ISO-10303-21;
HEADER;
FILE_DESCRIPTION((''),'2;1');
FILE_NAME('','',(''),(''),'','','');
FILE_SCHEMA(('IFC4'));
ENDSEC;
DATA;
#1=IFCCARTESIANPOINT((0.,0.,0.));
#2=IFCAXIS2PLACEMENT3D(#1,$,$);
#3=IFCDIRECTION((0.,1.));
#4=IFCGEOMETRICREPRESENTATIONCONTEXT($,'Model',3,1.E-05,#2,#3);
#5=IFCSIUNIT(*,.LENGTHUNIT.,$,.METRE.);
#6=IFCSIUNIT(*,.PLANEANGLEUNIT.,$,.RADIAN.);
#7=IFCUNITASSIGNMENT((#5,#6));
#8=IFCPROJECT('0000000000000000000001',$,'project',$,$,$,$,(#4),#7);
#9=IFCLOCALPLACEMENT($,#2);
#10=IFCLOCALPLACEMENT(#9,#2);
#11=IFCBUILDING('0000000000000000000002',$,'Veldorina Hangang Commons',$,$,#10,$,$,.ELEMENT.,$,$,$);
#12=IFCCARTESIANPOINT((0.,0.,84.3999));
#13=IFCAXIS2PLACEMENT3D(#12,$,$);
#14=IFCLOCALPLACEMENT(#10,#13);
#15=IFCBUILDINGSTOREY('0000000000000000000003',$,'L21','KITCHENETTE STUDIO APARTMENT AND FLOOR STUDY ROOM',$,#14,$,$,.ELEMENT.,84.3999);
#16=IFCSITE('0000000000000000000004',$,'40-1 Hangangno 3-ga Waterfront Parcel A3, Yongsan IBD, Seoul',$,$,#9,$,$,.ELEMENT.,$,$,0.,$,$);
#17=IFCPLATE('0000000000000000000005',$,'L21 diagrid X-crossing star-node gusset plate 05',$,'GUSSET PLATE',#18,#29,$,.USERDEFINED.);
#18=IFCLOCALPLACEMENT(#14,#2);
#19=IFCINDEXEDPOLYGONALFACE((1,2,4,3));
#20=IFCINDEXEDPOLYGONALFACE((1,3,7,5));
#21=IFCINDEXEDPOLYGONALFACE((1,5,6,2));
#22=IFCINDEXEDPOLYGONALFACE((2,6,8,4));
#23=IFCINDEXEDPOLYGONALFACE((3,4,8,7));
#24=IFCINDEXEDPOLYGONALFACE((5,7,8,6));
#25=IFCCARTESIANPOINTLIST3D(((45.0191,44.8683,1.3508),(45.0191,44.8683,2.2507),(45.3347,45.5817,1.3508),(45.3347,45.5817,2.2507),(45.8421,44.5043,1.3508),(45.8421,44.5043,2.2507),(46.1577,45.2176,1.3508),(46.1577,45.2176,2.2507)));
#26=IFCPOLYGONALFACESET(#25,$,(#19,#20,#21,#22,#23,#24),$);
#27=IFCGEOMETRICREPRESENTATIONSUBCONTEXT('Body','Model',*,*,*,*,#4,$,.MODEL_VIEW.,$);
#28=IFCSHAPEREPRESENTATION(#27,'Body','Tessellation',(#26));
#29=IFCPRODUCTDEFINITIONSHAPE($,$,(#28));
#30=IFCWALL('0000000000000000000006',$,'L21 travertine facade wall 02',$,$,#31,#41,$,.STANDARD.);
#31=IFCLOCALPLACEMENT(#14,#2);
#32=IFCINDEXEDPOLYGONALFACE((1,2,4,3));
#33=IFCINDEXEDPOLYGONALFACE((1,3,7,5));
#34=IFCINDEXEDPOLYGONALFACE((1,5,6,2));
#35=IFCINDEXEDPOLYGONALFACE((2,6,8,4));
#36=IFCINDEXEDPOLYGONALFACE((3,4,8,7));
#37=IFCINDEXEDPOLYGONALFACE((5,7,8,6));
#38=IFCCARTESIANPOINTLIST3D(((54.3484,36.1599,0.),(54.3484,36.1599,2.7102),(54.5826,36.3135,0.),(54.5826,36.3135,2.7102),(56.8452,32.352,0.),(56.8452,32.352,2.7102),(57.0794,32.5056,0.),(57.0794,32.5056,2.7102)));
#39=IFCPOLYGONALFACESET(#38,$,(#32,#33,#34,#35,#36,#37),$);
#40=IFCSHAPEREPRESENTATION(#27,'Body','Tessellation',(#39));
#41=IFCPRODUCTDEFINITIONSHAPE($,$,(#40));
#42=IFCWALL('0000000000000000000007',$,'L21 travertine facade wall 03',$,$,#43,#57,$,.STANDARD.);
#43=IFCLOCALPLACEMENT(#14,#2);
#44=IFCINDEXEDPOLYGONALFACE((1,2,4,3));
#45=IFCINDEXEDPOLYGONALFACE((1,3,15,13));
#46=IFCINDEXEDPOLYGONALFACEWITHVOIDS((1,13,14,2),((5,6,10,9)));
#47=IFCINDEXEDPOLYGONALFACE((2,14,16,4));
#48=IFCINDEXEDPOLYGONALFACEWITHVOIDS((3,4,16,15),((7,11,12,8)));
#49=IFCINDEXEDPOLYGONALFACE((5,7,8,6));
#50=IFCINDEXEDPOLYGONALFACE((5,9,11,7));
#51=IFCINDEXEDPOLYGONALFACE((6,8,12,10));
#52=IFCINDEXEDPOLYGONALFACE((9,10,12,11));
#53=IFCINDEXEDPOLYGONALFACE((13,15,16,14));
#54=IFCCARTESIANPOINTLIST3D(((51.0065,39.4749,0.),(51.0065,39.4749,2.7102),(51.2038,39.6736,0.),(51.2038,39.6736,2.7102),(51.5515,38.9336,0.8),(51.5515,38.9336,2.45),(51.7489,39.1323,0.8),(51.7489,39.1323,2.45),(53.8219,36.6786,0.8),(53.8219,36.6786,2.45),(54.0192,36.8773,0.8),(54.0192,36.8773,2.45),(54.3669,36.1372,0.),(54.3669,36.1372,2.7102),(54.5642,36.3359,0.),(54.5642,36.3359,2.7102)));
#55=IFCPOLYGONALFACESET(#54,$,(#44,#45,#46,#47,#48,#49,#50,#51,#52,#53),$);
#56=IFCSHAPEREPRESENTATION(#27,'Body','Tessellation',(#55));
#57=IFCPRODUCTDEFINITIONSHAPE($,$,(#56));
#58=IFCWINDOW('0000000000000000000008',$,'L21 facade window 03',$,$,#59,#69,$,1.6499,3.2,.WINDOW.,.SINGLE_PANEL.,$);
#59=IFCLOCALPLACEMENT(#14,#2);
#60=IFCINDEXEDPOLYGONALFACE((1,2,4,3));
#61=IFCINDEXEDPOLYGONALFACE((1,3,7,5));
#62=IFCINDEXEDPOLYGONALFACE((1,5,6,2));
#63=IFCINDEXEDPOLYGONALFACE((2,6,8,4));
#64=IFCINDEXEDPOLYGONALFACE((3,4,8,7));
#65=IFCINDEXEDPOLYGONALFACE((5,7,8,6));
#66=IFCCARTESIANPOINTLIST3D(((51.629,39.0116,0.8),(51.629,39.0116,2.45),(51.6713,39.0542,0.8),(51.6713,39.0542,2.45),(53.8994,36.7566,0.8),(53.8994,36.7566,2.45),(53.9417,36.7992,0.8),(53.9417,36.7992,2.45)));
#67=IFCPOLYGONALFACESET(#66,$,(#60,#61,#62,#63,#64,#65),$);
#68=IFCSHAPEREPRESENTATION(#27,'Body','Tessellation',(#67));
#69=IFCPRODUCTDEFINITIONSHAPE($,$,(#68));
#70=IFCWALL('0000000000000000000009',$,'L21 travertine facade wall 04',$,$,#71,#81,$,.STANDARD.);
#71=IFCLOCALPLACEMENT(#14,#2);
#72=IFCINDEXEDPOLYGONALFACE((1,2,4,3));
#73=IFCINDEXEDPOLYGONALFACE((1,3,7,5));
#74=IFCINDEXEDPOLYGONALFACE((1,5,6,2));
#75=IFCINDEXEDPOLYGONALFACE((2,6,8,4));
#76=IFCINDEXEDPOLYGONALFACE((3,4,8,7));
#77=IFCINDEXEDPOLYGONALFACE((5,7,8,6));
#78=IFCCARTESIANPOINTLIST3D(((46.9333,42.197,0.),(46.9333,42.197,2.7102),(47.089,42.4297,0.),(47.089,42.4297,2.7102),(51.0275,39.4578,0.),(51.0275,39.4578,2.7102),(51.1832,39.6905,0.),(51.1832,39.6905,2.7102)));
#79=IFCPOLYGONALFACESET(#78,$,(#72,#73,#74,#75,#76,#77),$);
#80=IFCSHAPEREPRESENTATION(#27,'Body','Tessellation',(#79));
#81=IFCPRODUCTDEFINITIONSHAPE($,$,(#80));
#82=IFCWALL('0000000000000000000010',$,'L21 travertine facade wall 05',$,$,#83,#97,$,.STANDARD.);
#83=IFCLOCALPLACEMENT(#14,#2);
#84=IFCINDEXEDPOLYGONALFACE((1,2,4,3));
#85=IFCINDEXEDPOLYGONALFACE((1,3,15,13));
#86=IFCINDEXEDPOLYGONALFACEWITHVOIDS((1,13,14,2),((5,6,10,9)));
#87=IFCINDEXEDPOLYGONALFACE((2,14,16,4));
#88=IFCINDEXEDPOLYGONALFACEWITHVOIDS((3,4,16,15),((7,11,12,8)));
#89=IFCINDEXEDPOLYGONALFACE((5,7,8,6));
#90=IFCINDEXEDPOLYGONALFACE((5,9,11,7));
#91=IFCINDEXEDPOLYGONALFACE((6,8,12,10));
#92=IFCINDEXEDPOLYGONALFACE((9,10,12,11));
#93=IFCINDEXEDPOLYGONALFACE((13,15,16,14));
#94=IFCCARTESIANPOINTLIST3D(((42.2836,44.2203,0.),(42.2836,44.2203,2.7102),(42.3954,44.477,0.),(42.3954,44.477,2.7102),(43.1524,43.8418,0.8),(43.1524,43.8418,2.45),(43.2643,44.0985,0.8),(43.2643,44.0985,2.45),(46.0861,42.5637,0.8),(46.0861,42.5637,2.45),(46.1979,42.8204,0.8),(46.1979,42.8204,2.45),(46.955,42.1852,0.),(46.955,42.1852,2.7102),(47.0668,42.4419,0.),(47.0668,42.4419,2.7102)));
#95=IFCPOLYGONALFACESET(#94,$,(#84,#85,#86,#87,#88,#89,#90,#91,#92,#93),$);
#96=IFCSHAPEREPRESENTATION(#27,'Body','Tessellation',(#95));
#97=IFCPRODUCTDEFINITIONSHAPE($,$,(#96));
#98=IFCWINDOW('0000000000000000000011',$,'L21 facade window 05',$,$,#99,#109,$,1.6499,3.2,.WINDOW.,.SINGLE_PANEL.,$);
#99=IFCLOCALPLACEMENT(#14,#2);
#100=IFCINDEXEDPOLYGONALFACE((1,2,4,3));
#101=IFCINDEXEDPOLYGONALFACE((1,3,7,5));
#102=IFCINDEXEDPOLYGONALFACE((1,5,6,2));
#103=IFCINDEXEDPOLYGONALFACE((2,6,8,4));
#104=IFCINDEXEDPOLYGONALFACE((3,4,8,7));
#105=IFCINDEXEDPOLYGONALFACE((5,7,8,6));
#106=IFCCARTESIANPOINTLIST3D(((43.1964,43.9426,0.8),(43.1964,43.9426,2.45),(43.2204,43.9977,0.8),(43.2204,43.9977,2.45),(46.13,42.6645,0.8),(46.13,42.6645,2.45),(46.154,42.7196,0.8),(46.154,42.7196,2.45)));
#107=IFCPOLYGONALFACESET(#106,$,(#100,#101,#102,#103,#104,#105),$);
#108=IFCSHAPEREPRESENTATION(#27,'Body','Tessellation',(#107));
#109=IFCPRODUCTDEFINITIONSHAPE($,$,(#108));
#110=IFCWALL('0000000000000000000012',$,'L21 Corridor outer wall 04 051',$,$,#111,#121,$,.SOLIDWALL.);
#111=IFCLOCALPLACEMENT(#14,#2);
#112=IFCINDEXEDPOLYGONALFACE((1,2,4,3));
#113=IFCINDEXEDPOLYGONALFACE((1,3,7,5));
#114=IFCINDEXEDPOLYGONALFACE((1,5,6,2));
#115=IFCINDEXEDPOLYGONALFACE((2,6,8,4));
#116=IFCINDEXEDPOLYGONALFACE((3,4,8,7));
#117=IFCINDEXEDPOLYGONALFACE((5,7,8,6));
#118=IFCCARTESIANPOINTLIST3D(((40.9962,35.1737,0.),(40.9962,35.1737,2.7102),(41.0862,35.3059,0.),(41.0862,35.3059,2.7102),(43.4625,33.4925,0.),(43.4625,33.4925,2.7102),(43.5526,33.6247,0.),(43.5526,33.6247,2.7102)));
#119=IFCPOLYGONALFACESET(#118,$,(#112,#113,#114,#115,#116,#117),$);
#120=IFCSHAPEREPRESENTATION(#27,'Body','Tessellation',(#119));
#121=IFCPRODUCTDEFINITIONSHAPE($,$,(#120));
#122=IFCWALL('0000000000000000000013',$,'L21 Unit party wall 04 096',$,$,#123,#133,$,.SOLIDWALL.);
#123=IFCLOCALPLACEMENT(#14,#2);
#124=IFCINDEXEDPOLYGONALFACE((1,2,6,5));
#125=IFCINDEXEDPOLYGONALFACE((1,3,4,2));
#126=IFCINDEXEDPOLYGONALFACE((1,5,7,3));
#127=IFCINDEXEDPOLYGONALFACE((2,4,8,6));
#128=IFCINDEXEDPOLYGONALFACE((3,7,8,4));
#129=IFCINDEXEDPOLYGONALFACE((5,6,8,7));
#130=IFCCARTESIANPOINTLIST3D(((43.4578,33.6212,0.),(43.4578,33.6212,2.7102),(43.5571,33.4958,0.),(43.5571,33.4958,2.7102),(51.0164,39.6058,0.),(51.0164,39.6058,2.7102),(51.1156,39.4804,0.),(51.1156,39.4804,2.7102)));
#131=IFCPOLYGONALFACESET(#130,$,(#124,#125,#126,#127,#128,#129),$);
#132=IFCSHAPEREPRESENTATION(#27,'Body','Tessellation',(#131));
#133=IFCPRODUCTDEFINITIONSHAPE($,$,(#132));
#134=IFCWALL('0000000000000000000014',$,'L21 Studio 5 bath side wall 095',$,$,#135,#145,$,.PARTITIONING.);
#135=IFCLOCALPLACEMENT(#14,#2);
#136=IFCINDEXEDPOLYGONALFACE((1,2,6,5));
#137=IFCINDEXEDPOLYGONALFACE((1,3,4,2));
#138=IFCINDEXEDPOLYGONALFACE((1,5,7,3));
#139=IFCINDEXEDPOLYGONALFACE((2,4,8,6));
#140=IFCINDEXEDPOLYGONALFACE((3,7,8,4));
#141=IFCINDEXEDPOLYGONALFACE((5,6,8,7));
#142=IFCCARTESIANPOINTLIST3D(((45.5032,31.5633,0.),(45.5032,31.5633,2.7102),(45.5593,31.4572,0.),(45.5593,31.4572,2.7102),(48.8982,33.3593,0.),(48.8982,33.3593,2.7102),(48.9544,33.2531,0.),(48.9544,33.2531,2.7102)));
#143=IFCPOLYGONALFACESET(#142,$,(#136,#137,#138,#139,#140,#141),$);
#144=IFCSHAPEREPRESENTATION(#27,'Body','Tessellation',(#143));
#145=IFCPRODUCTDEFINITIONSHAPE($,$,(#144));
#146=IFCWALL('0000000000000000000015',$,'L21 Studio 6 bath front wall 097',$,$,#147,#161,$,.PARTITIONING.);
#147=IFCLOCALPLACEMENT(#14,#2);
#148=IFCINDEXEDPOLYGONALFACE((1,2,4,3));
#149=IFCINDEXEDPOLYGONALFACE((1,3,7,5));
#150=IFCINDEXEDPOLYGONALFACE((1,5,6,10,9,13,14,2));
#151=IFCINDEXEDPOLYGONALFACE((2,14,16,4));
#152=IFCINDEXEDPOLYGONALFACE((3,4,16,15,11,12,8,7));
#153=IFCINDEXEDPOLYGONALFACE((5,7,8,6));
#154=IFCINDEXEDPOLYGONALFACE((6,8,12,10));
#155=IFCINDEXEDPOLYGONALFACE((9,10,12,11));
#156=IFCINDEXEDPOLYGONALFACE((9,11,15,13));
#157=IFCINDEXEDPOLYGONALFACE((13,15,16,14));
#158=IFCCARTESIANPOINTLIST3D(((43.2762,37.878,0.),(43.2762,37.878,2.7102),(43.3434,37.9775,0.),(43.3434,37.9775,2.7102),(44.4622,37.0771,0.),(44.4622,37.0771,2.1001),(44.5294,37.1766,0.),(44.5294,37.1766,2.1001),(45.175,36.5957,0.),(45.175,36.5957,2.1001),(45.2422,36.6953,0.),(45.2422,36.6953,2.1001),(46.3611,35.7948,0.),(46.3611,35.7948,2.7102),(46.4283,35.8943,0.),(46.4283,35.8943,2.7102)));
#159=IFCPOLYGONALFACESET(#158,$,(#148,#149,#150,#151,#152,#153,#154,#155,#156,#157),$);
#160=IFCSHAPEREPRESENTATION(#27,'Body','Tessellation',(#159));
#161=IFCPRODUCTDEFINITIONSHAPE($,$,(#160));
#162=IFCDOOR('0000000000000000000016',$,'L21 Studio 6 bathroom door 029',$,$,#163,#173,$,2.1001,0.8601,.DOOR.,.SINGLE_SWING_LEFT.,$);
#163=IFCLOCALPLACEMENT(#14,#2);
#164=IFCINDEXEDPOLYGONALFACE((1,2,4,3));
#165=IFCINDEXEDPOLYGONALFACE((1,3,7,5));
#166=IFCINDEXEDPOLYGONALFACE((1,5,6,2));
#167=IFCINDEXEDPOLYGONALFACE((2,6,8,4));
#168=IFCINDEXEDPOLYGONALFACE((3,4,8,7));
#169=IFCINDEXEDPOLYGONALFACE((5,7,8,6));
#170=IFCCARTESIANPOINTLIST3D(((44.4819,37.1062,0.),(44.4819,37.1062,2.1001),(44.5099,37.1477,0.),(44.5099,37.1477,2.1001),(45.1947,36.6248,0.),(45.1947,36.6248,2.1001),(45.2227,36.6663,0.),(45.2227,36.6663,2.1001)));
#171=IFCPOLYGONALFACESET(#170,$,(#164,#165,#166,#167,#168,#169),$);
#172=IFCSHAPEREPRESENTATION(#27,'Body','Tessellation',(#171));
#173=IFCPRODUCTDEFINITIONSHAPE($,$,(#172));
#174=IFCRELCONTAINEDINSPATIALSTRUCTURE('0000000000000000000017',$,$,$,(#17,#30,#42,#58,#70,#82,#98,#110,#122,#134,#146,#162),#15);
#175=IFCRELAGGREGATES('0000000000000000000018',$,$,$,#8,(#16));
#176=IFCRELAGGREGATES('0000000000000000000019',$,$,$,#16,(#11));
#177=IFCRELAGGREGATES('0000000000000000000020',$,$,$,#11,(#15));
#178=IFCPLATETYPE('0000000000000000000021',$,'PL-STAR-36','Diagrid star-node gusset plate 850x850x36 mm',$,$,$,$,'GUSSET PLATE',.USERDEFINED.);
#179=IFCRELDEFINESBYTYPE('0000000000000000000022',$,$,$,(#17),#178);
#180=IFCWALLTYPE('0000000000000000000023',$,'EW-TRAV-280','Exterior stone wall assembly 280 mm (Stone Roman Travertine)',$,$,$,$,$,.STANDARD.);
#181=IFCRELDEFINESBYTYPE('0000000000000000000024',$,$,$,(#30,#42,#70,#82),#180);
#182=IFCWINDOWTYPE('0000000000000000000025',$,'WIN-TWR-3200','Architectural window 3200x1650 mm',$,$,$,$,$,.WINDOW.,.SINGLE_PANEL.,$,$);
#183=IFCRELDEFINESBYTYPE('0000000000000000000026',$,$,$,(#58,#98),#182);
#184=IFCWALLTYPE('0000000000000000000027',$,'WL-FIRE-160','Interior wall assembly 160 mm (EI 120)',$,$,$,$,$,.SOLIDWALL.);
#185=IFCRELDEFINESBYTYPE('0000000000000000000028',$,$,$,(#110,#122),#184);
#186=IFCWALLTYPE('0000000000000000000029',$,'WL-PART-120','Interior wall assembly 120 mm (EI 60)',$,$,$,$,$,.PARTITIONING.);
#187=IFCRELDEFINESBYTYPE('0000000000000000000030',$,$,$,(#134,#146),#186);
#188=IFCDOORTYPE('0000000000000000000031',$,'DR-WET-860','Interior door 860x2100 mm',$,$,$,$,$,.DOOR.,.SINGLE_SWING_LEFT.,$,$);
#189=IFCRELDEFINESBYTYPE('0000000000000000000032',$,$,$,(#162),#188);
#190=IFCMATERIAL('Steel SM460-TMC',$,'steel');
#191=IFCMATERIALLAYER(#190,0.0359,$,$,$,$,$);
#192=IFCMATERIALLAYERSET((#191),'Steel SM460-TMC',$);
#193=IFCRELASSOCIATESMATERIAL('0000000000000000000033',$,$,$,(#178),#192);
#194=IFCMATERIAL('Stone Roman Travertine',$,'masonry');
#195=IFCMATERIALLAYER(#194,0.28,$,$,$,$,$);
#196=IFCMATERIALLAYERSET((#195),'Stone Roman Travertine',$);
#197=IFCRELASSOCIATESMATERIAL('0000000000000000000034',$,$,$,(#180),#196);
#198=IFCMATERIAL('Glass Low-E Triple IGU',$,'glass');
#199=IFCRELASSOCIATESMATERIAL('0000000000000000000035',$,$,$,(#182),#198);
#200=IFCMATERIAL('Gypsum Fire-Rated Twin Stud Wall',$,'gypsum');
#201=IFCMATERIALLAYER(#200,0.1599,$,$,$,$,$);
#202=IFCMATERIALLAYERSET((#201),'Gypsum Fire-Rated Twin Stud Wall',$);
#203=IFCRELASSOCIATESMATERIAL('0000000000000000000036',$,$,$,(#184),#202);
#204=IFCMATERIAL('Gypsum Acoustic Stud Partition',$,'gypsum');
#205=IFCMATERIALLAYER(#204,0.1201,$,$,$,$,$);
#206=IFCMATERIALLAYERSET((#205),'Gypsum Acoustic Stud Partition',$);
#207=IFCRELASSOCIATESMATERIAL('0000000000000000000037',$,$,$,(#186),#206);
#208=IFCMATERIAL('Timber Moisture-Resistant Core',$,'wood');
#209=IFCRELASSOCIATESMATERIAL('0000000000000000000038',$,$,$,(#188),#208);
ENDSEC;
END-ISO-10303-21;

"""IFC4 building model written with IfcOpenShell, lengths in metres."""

from ifc_helpers import new_model, si_unit, direction, frame, frame_2d, origin, origin_2d, place, context, subcontext, project, spatial, rectangle, extrude, material, layer, layer_set, type_object, element, fill, save


model = new_model("IFC4")

# Units and contexts
model_context = context("Model", 3, precision=1e-05, world=origin(), true_north=direction((0.0, 1.0)))
body_context = subcontext(model_context, "Body", "Model", "MODEL_VIEW")
ifc_project = project(units=[si_unit("LENGTHUNIT", "METRE"), si_unit("PLANEANGLEUNIT", "RADIAN")], contexts=[model_context])

# Site, building, storey
site_placement = place(None, origin())
site = spatial("IfcSite", under=ifc_project, at=site_placement, Name="40-1 Hangangno 3-ga Waterfront Parcel A3, Yongsan IBD, Seoul", CompositionType="ELEMENT", RefElevation=0.0)
building_placement = place(site_placement, origin())
building = spatial("IfcBuilding", under=site, at=building_placement, Name="Veldorina Hangang Commons", CompositionType="ELEMENT")
storey_placement = place(building_placement, frame((0.0, 0.0, 84.3999)))
storey = spatial("IfcBuildingStorey", under=building, at=storey_placement, Name="L21", Description="KITCHENETTE STUDIO APARTMENT AND FLOOR STUDY ROOM", CompositionType="ELEMENT", Elevation=84.3999)

# Shared definitions
ifc_material_1 = material(Name="Steel SM460-TMC", Category="steel")

# Plate
ifc_layer_1 = layer(ifc_material_1, 0.0359)
ifc_layer_set_1 = layer_set([ifc_layer_1], Name="Steel SM460-TMC")
plate_type = type_object("IfcPlateType", Name="PL-STAR-36", Description="Diagrid star-node gusset plate 850x850x36 mm", ElementType="GUSSET PLATE", PredefinedType="USERDEFINED", material=ifc_layer_set_1)
plate_1_placement = place(storey_placement, frame((45.5884, 45.043, 1.3508), z_axis=(0.0, 0.0, 1.0), x_axis=(-0.914501, 0.404583, 0.0)))
element("IfcPlate", 1, at=plate_1_placement, inside=storey, type_object=plate_type, Name="L21 diagrid X-crossing star-node gusset plate 05", ObjectType="GUSSET PLATE", PredefinedType="USERDEFINED", context=body_context, shape_type="SweptSolid", body=[
    extrude(rectangle(XDim=0.8999, YDim=0.78, at=origin_2d()), origin(), (0.0, 0.0, 1.0), 0.8999),
])

# Wall
ifc_material_2 = material(Name="Stone Roman Travertine", Category="masonry")
ifc_layer_2 = layer(ifc_material_2, 0.28)
ifc_layer_set_2 = layer_set([ifc_layer_2], Name="Stone Roman Travertine")
wall_type_1 = type_object("IfcWallType", Name="EW-TRAV-280", Description="Exterior stone wall assembly 280 mm (Stone Roman Travertine)", PredefinedType="STANDARD", material=ifc_layer_set_2)
wall_1_placement = place(storey_placement, frame((56.9624, 32.4287, 0.0), z_axis=(0.0, 0.0, 1.0), x_axis=(-0.548337, 0.836258, 0.0)))
element("IfcWall", 2, at=wall_1_placement, inside=storey, type_object=wall_type_1, Name="L21 travertine facade wall 02", PredefinedType="STANDARD", context=body_context, shape_type="SweptSolid", body=[
    extrude(rectangle(XDim=4.5535, YDim=0.28, at=frame_2d((2.2769, 0.0))), origin(), (0.0, 0.0, 1.0), 2.7102),
])

# Wall, opening, window
wall_2_placement = place(storey_placement, frame((54.4656, 36.2366, 0.0), z_axis=(0.0, 0.0, 1.0), x_axis=(-0.7095, 0.704706, 0.0)))
wall_2 = element("IfcWall", 3, at=wall_2_placement, inside=storey, type_object=wall_type_1, Name="L21 travertine facade wall 03", PredefinedType="STANDARD", context=body_context, shape_type="SweptSolid", body=[
    extrude(rectangle(XDim=4.7363, YDim=0.28, at=frame_2d((2.3682, 0.0))), origin(), (0.0, 0.0, 1.0), 2.7102),
])
opening_1_placement = place(wall_2_placement, frame((0.7681, 0.0, 0.8)))
opening_1 = element("IfcOpeningElement", 4, at=opening_1_placement, cuts=wall_2, PredefinedType="OPENING", context=body_context, shape_type="SweptSolid", body=[
    extrude(rectangle(XDim=3.2, YDim=1.6499, at=frame_2d((1.6001, 0.825))), frame((0.0, 0.1499, 0.0), z_axis=(0.0, -1.0, 0.0), x_axis=(1.0, 0.0, 0.0)), (0.0, 0.0, 1.0), 0.3),
])
ifc_material_3 = material(Name="Glass Low-E Triple IGU", Category="glass")
window_type = type_object("IfcWindowType", Name="WIN-TWR-3200", Description="Architectural window 3200x1650 mm", PartitioningType="SINGLE_PANEL", PredefinedType="WINDOW", material=ifc_material_3)
window_1_placement = place(opening_1_placement, origin())
window_1 = element("IfcWindow", 5, at=window_1_placement, inside=storey, type_object=window_type, Name="L21 facade window 03", OverallHeight=1.6499, OverallWidth=3.2, PartitioningType="SINGLE_PANEL", PredefinedType="WINDOW", context=body_context, shape_type="SweptSolid", body=[
    extrude(rectangle(XDim=3.2, YDim=1.6499, at=frame_2d((1.6001, 0.825))), frame((0.0, 0.03, 0.0), z_axis=(0.0, -1.0, 0.0), x_axis=(1.0, 0.0, 0.0)), (0.0, 0.0, 1.0), 0.0601),
])
fill(opening_1, window_1)

# Wall
wall_3_placement = place(storey_placement, frame((51.1052, 39.5742, 0.0), z_axis=(0.0, 0.0, 1.0), x_axis=(-0.831134, 0.556072, 0.0)))
element("IfcWall", 6, at=wall_3_placement, inside=storey, type_object=wall_type_1, Name="L21 travertine facade wall 04", PredefinedType="STANDARD", context=body_context, shape_type="SweptSolid", body=[
    extrude(rectangle(XDim=4.926, YDim=0.28, at=frame_2d((2.4629, 0.0))), origin(), (0.0, 0.0, 1.0), 2.7102),
])

# Wall, opening, window
wall_4_placement = place(storey_placement, frame((47.011, 42.3135, 0.0), z_axis=(0.0, 0.0, 1.0), x_axis=(-0.916774, 0.399406, 0.0)))
wall_4 = element("IfcWall", 7, at=wall_4_placement, inside=storey, type_object=wall_type_1, Name="L21 travertine facade wall 05", PredefinedType="STANDARD", context=body_context, shape_type="SweptSolid", body=[
    extrude(rectangle(XDim=5.0955, YDim=0.28, at=frame_2d((2.5479, 0.0))), origin(), (0.0, 0.0, 1.0), 2.7102),
])
opening_2_placement = place(wall_4_placement, frame((0.9478, 0.0, 0.8)))
opening_2 = element("IfcOpeningElement", 8, at=opening_2_placement, cuts=wall_4, PredefinedType="OPENING", context=body_context, shape_type="SweptSolid", body=[
    extrude(rectangle(XDim=3.2, YDim=1.6499, at=frame_2d((1.6001, 0.825))), frame((0.0, 0.1499, 0.0), z_axis=(0.0, -1.0, 0.0), x_axis=(1.0, 0.0, 0.0)), (0.0, 0.0, 1.0), 0.3),
])
window_2_placement = place(opening_2_placement, origin())
window_2 = element("IfcWindow", 9, at=window_2_placement, inside=storey, type_object=window_type, Name="L21 facade window 05", OverallHeight=1.6499, OverallWidth=3.2, PartitioningType="SINGLE_PANEL", PredefinedType="WINDOW", context=body_context, shape_type="SweptSolid", body=[
    extrude(rectangle(XDim=3.2, YDim=1.6499, at=frame_2d((1.6001, 0.825))), frame((0.0, 0.03, 0.0), z_axis=(0.0, -1.0, 0.0), x_axis=(1.0, 0.0, 0.0)), (0.0, 0.0, 1.0), 0.0601),
])
fill(opening_2, window_2)

# Walls
ifc_material_4 = material(Name="Gypsum Fire-Rated Twin Stud Wall", Category="gypsum")
ifc_layer_3 = layer(ifc_material_4, 0.1599)
ifc_layer_set_3 = layer_set([ifc_layer_3], Name="Gypsum Fire-Rated Twin Stud Wall")
wall_type_2 = type_object("IfcWallType", Name="WL-FIRE-160", Description="Interior wall assembly 160 mm (EI 120)", PredefinedType="SOLIDWALL", material=ifc_layer_set_3)
wall_5_placement = place(storey_placement, frame((43.5076, 33.5586, 0.0), z_axis=(0.0, 0.0, 1.0), x_axis=(-0.826293, 0.56324, 0.0)))
element("IfcWall", 10, at=wall_5_placement, inside=storey, type_object=wall_type_2, Name="L21 Corridor outer wall 04 051", PredefinedType="SOLIDWALL", context=body_context, shape_type="SweptSolid", body=[
    extrude(rectangle(XDim=2.9849, YDim=0.1599, at=frame_2d((1.4924, 0.0))), origin(), (0.0, 0.0, 1.0), 2.7102),
])
wall_6_placement = place(storey_placement, frame((43.5076, 33.5586, 0.0), z_axis=(0.0, 0.0, 1.0), x_axis=(0.784009, 0.62075, 0.0)))
element("IfcWall", 11, at=wall_6_placement, inside=storey, type_object=wall_type_2, Name="L21 Unit party wall 04 096", PredefinedType="SOLIDWALL", context=body_context, shape_type="SweptSolid", body=[
    extrude(rectangle(XDim=9.6409, YDim=0.1599, at=frame_2d((4.8203, 0.0))), origin(), (0.0, 0.0, 1.0), 2.7102),
])
ifc_material_5 = material(Name="Gypsum Acoustic Stud Partition", Category="gypsum")
ifc_layer_4 = layer(ifc_material_5, 0.1201)
ifc_layer_set_4 = layer_set([ifc_layer_4], Name="Gypsum Acoustic Stud Partition")
wall_type_3 = type_object("IfcWallType", Name="WL-PART-120", Description="Interior wall assembly 120 mm (EI 60)", PredefinedType="PARTITIONING", material=ifc_layer_set_4)
wall_7_placement = place(storey_placement, frame((45.5312, 31.5103, 0.0), z_axis=(0.0, 0.0, 1.0), x_axis=(0.883946, 0.46759, 0.0)))
element("IfcWall", 12, at=wall_7_placement, inside=storey, type_object=wall_type_3, Name="L21 Studio 5 bath side wall 095", PredefinedType="PARTITIONING", context=body_context, shape_type="SweptSolid", body=[
    extrude(rectangle(XDim=3.8408, YDim=0.1201, at=frame_2d((1.9204, 0.0))), origin(), (0.0, 0.0, 1.0), 2.7102),
])

# Wall, opening, door
wall_8_placement = place(storey_placement, frame((46.3948, 35.8445, 0.0), z_axis=(0.0, 0.0, 1.0), x_axis=(-0.828736, 0.55964, 0.0)))
wall_8 = element("IfcWall", 13, at=wall_8_placement, inside=storey, type_object=wall_type_3, Name="L21 Studio 6 bath front wall 097", PredefinedType="PARTITIONING", context=body_context, shape_type="SweptSolid", body=[
    extrude(rectangle(XDim=3.7224, YDim=0.1201, at=frame_2d((1.8613, 0.0))), origin(), (0.0, 0.0, 1.0), 2.7102),
])
opening_3_placement = place(wall_8_placement, frame((1.4312, 0.0, 0.0)))
opening_3 = element("IfcOpeningElement", 14, at=opening_3_placement, cuts=wall_8, PredefinedType="OPENING", context=body_context, shape_type="SweptSolid", body=[
    extrude(rectangle(XDim=0.8601, YDim=2.1001, at=frame_2d((0.4302, 1.05))), frame((0.0, 0.0701, 0.0), z_axis=(0.0, -1.0, 0.0), x_axis=(1.0, 0.0, 0.0)), (0.0, 0.0, 1.0), 0.1401),
])
ifc_material_6 = material(Name="Timber Moisture-Resistant Core", Category="wood")
door_type = type_object("IfcDoorType", Name="DR-WET-860", Description="Interior door 860x2100 mm", OperationType="SINGLE_SWING_LEFT", PredefinedType="DOOR", material=ifc_material_6)
door_placement = place(opening_3_placement, origin())
door = element("IfcDoor", 15, at=door_placement, inside=storey, type_object=door_type, Name="L21 Studio 6 bathroom door 029", OperationType="SINGLE_SWING_LEFT", OverallHeight=2.1001, OverallWidth=0.8601, PredefinedType="DOOR", context=body_context, shape_type="SweptSolid", body=[
    extrude(rectangle(XDim=0.8601, YDim=2.1001, at=frame_2d((0.4302, 1.05))), frame((0.0, 0.0249, 0.0), z_axis=(0.0, -1.0, 0.0), x_axis=(1.0, 0.0, 0.0)), (0.0, 0.0, 1.0), 0.05),
])
fill(opening_3, door)

save(model, "model.ifc")
